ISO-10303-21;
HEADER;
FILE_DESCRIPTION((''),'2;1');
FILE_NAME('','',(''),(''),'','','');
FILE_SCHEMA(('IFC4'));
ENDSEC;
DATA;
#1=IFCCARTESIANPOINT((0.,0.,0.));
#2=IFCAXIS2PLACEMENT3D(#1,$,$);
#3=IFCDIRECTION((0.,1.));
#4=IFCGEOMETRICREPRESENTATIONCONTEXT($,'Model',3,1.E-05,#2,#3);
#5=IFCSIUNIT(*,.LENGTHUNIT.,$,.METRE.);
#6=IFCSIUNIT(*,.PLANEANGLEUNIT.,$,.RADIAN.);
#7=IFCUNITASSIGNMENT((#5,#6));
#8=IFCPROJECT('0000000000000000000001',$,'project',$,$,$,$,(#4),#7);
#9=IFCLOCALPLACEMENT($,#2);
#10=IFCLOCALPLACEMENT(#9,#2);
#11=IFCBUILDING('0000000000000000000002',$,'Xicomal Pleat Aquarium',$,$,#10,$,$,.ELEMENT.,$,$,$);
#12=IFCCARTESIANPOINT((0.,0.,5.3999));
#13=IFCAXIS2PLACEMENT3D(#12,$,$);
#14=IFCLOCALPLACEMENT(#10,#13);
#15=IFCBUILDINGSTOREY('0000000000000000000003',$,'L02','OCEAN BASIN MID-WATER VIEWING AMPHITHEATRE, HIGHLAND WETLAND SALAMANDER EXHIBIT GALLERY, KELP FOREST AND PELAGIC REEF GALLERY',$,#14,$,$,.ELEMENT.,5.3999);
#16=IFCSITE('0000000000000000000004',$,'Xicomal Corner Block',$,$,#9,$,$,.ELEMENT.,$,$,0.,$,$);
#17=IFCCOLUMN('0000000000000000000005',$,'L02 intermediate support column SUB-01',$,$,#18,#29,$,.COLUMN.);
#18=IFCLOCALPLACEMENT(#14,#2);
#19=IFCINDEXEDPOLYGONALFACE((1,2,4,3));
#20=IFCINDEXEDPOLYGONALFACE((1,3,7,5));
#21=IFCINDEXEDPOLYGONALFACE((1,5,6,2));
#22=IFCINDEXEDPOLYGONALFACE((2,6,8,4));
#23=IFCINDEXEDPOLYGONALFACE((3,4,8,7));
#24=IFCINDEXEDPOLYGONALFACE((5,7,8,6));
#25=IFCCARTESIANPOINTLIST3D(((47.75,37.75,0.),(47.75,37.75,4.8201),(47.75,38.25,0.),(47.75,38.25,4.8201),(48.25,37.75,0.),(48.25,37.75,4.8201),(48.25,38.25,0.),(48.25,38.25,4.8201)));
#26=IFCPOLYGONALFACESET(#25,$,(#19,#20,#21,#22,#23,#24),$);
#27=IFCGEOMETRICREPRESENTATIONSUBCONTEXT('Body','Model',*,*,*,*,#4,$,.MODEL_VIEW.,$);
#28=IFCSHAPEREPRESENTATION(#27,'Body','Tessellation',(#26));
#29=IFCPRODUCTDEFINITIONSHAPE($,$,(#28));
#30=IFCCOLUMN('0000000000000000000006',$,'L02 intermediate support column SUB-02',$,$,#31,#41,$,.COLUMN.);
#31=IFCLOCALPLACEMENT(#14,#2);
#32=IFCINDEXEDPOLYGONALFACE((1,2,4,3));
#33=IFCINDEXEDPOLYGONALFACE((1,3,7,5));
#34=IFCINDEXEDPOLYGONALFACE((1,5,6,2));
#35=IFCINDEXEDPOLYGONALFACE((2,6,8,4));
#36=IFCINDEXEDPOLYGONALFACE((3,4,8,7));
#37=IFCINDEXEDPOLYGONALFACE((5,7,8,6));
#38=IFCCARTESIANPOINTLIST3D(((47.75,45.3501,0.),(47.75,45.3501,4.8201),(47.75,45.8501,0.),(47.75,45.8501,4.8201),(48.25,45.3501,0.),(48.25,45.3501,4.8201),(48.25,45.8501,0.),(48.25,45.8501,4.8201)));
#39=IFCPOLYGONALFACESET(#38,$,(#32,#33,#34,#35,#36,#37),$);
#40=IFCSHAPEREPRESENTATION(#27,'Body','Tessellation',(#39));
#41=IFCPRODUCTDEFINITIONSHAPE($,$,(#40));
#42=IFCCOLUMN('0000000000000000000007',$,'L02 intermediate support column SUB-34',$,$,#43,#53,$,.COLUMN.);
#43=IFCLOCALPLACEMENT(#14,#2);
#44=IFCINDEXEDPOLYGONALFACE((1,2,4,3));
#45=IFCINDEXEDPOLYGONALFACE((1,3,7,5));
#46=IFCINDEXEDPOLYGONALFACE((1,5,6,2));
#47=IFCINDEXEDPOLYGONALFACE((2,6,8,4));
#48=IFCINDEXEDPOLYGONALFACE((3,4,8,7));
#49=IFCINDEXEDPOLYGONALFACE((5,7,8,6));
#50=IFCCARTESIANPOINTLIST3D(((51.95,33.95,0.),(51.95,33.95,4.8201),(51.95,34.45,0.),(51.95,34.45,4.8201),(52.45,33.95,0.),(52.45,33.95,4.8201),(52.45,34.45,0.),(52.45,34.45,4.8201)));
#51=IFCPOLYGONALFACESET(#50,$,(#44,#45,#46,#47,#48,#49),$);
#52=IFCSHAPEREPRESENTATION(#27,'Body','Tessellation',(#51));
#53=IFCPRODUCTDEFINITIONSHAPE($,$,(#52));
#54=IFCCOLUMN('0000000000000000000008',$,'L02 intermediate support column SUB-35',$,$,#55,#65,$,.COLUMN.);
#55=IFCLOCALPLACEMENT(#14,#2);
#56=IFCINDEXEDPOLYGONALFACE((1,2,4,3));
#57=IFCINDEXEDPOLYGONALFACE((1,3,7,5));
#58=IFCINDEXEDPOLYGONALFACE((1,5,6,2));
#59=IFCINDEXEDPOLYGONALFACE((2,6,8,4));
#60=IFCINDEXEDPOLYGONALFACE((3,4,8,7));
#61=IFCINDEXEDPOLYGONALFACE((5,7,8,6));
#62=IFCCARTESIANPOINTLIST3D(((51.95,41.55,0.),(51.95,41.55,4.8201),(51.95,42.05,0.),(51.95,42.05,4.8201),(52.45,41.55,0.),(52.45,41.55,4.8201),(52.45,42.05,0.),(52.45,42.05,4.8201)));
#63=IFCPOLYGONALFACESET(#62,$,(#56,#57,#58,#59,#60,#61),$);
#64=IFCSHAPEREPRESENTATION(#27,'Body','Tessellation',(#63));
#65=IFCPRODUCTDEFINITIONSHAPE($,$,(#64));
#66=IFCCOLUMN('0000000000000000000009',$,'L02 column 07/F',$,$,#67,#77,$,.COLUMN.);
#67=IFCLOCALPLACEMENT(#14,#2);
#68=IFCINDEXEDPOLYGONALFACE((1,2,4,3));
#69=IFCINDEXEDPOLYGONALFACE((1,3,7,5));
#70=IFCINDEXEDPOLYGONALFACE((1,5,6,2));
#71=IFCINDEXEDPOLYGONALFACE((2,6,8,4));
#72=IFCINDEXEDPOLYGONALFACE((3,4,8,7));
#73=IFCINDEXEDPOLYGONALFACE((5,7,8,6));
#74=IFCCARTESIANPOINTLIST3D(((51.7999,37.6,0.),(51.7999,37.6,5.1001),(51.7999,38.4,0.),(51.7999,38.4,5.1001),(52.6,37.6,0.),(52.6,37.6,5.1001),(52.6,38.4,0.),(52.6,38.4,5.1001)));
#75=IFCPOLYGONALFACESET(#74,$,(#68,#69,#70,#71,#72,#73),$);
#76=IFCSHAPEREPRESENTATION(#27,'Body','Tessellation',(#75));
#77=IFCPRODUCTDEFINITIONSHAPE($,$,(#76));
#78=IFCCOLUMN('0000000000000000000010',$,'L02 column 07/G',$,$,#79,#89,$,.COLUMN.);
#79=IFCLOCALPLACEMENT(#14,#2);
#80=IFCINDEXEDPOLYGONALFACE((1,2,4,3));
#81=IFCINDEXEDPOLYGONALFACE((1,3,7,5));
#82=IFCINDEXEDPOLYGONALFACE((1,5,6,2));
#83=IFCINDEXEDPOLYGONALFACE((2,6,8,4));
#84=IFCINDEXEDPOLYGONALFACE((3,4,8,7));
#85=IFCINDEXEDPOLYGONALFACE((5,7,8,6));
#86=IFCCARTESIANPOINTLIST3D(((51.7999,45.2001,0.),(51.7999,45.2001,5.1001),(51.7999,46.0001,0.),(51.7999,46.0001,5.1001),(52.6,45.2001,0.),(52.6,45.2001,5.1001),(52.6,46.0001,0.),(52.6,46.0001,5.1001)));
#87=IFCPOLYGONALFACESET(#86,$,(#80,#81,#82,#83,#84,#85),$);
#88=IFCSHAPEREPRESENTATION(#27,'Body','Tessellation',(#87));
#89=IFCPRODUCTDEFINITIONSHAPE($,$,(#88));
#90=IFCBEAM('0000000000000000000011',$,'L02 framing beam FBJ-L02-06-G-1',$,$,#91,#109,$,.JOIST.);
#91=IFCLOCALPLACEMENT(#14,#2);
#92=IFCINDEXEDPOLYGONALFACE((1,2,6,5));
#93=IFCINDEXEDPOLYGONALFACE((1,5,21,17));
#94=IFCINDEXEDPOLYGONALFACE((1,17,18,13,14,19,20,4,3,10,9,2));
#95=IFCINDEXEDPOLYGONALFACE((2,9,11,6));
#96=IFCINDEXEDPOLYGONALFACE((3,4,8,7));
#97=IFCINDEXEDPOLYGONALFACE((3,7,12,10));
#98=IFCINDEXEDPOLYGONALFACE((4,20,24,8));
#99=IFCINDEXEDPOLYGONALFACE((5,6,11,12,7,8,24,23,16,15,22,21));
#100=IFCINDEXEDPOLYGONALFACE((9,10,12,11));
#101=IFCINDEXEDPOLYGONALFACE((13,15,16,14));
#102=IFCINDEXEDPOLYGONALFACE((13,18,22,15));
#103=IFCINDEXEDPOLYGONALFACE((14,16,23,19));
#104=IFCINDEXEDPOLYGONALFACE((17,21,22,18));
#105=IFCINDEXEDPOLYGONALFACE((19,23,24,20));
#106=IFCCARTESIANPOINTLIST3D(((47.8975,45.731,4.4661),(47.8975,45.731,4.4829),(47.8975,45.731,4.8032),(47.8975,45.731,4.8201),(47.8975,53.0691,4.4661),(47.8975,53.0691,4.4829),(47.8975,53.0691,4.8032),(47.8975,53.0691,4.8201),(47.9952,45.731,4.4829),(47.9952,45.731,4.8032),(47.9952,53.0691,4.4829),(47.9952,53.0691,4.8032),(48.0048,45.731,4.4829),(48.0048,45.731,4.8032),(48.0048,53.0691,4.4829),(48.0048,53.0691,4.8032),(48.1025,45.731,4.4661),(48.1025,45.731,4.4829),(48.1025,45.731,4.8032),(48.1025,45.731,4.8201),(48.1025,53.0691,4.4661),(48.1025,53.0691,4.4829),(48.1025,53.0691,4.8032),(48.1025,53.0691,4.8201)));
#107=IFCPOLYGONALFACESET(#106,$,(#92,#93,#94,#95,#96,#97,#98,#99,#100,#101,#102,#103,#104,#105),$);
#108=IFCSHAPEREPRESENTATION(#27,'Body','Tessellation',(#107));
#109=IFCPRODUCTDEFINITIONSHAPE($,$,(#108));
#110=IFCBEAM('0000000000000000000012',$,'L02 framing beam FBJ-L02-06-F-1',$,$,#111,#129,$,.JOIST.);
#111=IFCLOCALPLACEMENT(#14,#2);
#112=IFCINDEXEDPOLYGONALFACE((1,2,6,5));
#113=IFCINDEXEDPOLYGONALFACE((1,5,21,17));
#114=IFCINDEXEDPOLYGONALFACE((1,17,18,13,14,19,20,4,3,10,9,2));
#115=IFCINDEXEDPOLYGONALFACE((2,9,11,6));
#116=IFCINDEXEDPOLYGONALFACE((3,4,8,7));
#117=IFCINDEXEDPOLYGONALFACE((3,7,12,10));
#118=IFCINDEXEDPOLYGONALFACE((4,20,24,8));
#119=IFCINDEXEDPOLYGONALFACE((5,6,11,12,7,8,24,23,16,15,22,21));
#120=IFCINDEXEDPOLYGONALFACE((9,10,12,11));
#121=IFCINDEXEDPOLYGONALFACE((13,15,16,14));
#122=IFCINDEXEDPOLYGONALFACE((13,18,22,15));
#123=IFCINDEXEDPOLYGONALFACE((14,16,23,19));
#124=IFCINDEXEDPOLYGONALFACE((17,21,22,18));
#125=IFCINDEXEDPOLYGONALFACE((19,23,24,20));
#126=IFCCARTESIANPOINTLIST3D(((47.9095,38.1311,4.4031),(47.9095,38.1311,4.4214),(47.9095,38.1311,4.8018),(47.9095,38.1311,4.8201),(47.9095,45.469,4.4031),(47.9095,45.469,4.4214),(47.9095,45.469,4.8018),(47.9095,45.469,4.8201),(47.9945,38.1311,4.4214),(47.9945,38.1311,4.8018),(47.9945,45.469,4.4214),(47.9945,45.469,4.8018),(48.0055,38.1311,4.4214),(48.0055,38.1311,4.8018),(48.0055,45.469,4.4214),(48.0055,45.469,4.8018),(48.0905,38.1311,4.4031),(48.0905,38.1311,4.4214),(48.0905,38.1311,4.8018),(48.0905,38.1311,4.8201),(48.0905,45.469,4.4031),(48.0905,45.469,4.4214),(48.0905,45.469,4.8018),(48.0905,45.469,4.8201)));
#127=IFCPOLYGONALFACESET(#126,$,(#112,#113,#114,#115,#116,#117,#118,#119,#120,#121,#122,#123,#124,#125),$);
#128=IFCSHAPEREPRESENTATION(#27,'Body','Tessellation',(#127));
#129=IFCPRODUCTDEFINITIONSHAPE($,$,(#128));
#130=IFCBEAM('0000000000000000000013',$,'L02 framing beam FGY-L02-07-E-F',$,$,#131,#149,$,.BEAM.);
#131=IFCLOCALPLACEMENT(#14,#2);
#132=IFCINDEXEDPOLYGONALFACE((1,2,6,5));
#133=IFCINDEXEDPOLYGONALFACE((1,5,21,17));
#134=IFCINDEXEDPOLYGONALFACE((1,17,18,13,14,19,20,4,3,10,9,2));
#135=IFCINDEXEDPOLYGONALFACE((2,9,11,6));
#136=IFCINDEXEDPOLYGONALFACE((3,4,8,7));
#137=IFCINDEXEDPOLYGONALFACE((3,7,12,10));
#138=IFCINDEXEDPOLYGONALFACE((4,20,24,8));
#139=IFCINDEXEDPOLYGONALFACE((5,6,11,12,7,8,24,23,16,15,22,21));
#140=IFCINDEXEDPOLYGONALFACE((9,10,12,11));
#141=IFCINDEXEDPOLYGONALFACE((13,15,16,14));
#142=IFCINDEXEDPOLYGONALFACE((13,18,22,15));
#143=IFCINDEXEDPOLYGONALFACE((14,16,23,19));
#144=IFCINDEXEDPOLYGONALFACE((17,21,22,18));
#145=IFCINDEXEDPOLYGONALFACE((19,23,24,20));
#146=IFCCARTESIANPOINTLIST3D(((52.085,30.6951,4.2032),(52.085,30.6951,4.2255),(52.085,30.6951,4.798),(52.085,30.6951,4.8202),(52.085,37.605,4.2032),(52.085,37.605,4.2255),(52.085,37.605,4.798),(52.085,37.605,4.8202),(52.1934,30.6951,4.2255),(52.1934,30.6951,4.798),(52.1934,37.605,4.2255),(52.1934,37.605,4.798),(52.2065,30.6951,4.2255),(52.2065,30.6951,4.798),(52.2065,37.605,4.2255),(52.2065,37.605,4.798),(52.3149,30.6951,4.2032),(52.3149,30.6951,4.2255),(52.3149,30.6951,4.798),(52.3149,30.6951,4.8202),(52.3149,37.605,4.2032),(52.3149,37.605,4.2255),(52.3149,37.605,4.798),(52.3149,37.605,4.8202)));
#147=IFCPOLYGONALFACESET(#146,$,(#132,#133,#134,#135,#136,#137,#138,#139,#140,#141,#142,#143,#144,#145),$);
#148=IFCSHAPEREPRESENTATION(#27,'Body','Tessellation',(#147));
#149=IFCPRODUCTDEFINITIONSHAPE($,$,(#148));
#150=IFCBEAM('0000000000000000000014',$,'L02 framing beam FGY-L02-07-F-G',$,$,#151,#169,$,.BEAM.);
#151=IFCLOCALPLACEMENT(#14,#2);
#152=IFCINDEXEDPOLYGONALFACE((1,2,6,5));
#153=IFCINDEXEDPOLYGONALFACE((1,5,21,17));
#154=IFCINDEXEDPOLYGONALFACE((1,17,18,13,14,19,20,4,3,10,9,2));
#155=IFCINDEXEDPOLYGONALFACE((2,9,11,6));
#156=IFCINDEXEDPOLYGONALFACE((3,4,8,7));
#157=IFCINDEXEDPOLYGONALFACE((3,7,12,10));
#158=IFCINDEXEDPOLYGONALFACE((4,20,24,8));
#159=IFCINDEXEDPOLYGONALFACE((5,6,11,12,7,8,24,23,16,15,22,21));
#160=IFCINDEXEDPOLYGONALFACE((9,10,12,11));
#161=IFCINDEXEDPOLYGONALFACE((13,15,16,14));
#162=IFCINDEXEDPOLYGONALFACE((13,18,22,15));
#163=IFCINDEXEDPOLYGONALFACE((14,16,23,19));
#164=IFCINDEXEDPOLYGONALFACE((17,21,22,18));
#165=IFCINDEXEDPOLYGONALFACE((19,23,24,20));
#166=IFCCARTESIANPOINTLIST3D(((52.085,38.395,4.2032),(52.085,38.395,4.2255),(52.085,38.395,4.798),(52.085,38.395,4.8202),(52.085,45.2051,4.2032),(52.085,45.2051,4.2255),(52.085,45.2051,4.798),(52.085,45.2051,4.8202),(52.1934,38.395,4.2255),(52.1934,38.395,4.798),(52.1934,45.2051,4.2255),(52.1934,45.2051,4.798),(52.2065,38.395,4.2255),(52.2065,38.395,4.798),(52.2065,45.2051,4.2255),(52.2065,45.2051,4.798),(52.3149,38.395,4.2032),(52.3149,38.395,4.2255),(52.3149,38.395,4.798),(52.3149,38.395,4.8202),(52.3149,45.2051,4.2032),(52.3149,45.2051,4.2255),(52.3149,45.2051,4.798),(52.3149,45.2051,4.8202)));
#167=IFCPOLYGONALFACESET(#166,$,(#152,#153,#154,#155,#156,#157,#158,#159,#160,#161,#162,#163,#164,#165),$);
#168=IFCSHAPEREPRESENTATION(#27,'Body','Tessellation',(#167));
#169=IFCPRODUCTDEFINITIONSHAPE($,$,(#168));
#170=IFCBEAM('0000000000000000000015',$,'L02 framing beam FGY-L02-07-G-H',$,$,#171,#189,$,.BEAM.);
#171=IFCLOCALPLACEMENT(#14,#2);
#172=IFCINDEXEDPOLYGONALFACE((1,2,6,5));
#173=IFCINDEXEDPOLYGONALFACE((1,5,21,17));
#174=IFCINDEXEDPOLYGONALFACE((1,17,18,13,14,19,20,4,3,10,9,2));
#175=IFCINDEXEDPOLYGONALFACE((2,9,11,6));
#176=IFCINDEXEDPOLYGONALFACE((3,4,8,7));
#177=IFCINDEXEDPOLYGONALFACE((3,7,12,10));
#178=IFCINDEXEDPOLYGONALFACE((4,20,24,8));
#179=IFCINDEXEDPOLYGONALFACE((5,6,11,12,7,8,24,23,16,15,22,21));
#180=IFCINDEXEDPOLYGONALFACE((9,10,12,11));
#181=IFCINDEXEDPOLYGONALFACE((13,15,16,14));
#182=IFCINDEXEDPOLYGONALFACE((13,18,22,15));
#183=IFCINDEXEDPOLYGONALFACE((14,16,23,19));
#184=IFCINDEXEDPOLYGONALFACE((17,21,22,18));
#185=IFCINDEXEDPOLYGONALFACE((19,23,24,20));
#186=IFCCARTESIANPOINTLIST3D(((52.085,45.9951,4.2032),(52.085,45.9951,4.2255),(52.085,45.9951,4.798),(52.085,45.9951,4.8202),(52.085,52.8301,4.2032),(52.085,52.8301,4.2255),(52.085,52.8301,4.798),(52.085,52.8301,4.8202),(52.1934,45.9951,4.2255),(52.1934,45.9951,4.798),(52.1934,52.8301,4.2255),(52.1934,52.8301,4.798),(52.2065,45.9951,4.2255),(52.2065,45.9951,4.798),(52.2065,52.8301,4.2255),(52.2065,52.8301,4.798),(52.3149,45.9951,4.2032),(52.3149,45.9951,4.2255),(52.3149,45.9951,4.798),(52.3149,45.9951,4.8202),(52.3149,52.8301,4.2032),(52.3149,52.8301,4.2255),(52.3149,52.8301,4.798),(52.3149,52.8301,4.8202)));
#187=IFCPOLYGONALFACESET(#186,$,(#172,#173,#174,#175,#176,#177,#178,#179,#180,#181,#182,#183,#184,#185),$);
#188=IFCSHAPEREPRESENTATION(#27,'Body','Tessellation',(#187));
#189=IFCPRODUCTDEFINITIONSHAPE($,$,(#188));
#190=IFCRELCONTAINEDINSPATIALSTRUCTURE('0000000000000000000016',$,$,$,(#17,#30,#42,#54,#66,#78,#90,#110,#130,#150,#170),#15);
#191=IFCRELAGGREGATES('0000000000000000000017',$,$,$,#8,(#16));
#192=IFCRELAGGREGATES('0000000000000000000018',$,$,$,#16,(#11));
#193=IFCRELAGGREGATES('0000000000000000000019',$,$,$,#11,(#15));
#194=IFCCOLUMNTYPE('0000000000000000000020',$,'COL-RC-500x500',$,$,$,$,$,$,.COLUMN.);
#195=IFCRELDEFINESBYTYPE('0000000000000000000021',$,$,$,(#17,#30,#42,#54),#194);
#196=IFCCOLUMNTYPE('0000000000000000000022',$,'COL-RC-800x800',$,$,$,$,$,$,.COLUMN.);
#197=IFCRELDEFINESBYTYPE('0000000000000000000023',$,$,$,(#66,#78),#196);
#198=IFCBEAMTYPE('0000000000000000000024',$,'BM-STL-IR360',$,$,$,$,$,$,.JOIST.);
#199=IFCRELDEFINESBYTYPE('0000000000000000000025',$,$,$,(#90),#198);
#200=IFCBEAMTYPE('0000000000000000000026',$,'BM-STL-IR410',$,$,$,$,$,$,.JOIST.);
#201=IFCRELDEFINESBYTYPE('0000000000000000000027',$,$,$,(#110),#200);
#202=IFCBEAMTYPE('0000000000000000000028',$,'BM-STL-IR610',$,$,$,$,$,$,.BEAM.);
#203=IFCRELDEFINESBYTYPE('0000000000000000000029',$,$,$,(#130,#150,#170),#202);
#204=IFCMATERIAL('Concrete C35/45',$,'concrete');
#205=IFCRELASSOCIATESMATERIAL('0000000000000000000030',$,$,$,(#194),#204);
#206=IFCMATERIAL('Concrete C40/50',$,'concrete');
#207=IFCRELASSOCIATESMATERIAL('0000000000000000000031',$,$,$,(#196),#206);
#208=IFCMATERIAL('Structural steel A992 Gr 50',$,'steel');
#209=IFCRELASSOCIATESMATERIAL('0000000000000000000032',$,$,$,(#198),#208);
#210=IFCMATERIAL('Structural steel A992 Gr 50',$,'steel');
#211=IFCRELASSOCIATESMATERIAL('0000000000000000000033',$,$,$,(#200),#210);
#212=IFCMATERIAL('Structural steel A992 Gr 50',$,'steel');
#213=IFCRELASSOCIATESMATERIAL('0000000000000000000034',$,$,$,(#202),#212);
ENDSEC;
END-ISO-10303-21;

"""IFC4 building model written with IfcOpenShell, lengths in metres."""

from ifc_helpers import new_model, si_unit, direction, frame, origin, origin_2d, place, context, subcontext, project, spatial, rectangle, i_section, extrude, material, material_profile, profile_set, type_object, element, save


model = new_model("IFC4")

# Units and contexts
model_context = context("Model", 3, precision=1e-05, world=origin(), true_north=direction((0.0, 1.0)))
body_context = subcontext(model_context, "Body", "Model", "MODEL_VIEW")
ifc_project = project(units=[si_unit("LENGTHUNIT", "METRE"), si_unit("PLANEANGLEUNIT", "RADIAN")], contexts=[model_context])

# Site, building, storey
site_placement = place(None, origin())
site = spatial("IfcSite", under=ifc_project, at=site_placement, Name="Xicomal Corner Block", CompositionType="ELEMENT", RefElevation=0.0)
building_placement = place(site_placement, origin())
building = spatial("IfcBuilding", under=site, at=building_placement, Name="Xicomal Pleat Aquarium", CompositionType="ELEMENT")
storey_placement = place(building_placement, frame((0.0, 0.0, 5.3999)))
storey = spatial("IfcBuildingStorey", under=building, at=storey_placement, Name="L02", Description="OCEAN BASIN MID-WATER VIEWING AMPHITHEATRE, HIGHLAND WETLAND SALAMANDER EXHIBIT GALLERY, KELP FOREST AND PELAGIC REEF GALLERY", CompositionType="ELEMENT", Elevation=5.3999)

# Columns
ifc_material_1 = material(Name="Concrete C35/45", Category="concrete")
ifc_material_profile_1 = material_profile(ifc_material_1, rectangle(XDim=0.5, YDim=0.5, at=origin_2d()), Name="RC 500x500")
ifc_profile_set_1 = profile_set([ifc_material_profile_1], Name="Concrete C35/45")
column_type_1 = type_object("IfcColumnType", Name="COL-RC-500x500", PredefinedType="COLUMN", material=ifc_profile_set_1)
for number, where, z_axis, x_axis, name in (
    (1, (48.0, 38.0, 0.0), (0.0, 0.0, 1.0), (1.0, 0.0, 0.0), "L02 intermediate support column SUB-01"),
    (2, (48.0, 45.6001, 0.0), (0.0, 0.0, 1.0), (1.0, 0.0, 0.0), "L02 intermediate support column SUB-02"),
    (3, (52.2, 34.2, 0.0), (0.0, 0.0, 1.0), (1.0, 0.0, 0.0), "L02 intermediate support column SUB-34"),
    (4, (52.2, 41.8, 0.0), (0.0, 0.0, 1.0), (1.0, 0.0, 0.0), "L02 intermediate support column SUB-35"),
):
    element("IfcColumn", number, at=place(storey_placement, frame(where, z_axis=z_axis, x_axis=x_axis)), inside=storey, type_object=column_type_1, Name=name, PredefinedType="COLUMN", context=body_context, shape_type="SweptSolid", body=[
        extrude(rectangle(XDim=0.5, YDim=0.5, at=origin_2d()), origin(), (0.0, 0.0, 1.0), 4.8201),
    ])
ifc_material_2 = material(Name="Concrete C40/50", Category="concrete")
ifc_material_profile_2 = material_profile(ifc_material_2, rectangle(XDim=0.8, YDim=0.8, at=origin_2d()), Name="RC 800x800")
ifc_profile_set_2 = profile_set([ifc_material_profile_2], Name="Concrete C40/50")
column_type_2 = type_object("IfcColumnType", Name="COL-RC-800x800", PredefinedType="COLUMN", material=ifc_profile_set_2)
for number, where, z_axis, x_axis, name in (
    (5, (52.2, 38.0, 0.0), (0.0, 0.0, 1.0), (1.0, 0.0, 0.0), "L02 column 07/F"),
    (6, (52.2, 45.6001, 0.0), (0.0, 0.0, 1.0), (1.0, 0.0, 0.0), "L02 column 07/G"),
):
    element("IfcColumn", number, at=place(storey_placement, frame(where, z_axis=z_axis, x_axis=x_axis)), inside=storey, type_object=column_type_2, Name=name, PredefinedType="COLUMN", context=body_context, shape_type="SweptSolid", body=[
        extrude(rectangle(XDim=0.8, YDim=0.8, at=origin_2d()), origin(), (0.0, 0.0, 1.0), 5.1001),
    ])

# Beams
ifc_material_3 = material(Name="Structural steel A992 Gr 50", Category="steel")
ifc_material_profile_3 = material_profile(ifc_material_3, i_section(OverallWidth=0.2051, OverallDepth=0.354, WebThickness=0.0095, FlangeThickness=0.0168, at=origin_2d()), Name="IR 360x79")
ifc_profile_set_3 = profile_set([ifc_material_profile_3], Name="Structural steel A992 Gr 50")
beam_type_1 = type_object("IfcBeamType", Name="BM-STL-IR360", PredefinedType="JOIST", material=ifc_profile_set_3)
beam_1_placement = place(storey_placement, frame((48.0, 45.731, 4.6431), z_axis=(0.0, 1.0, 0.0), x_axis=(-1.0, 0.0, 0.0)))
element("IfcBeam", 7, at=beam_1_placement, inside=storey, type_object=beam_type_1, Name="L02 framing beam FBJ-L02-06-G-1", PredefinedType="JOIST", context=body_context, shape_type="SweptSolid", body=[
    extrude(i_section(OverallWidth=0.2051, OverallDepth=0.354, WebThickness=0.0095, FlangeThickness=0.0168, at=origin_2d()), origin(), (0.0, 0.0, 1.0), 7.3381),
])
ifc_material_4 = material(Name="Structural steel A992 Gr 50", Category="steel")
ifc_material_profile_4 = material_profile(ifc_material_4, i_section(OverallWidth=0.1809, OverallDepth=0.417, WebThickness=0.011, FlangeThickness=0.0183, at=origin_2d()), Name="IR 410x85")
ifc_profile_set_4 = profile_set([ifc_material_profile_4], Name="Structural steel A992 Gr 50")
beam_type_2 = type_object("IfcBeamType", Name="BM-STL-IR410", PredefinedType="JOIST", material=ifc_profile_set_4)
beam_2_placement = place(storey_placement, frame((48.0, 38.1311, 4.6116), z_axis=(0.0, 1.0, 0.0), x_axis=(-1.0, 0.0, 0.0)))
element("IfcBeam", 8, at=beam_2_placement, inside=storey, type_object=beam_type_2, Name="L02 framing beam FBJ-L02-06-F-1", PredefinedType="JOIST", context=body_context, shape_type="SweptSolid", body=[
    extrude(i_section(OverallWidth=0.1809, OverallDepth=0.417, WebThickness=0.011, FlangeThickness=0.0183, at=origin_2d()), origin(), (0.0, 0.0, 1.0), 7.3379),
])
ifc_material_5 = material(Name="Structural steel A992 Gr 50", Category="steel")
ifc_material_profile_5 = material_profile(ifc_material_5, i_section(OverallWidth=0.23, OverallDepth=0.6169, WebThickness=0.0132, FlangeThickness=0.0222, at=origin_2d()), Name="IR 610x140")
ifc_profile_set_5 = profile_set([ifc_material_profile_5], Name="Structural steel A992 Gr 50")
beam_type_3 = type_object("IfcBeamType", Name="BM-STL-IR610", PredefinedType="BEAM", material=ifc_profile_set_5)
beam_3_placement = place(storey_placement, frame((52.2, 30.6951, 4.5117), z_axis=(0.0, 1.0, 0.0), x_axis=(-1.0, 0.0, 0.0)))
element("IfcBeam", 9, at=beam_3_placement, inside=storey, type_object=beam_type_3, Name="L02 framing beam FGY-L02-07-E-F", PredefinedType="BEAM", context=body_context, shape_type="SweptSolid", body=[
    extrude(i_section(OverallWidth=0.23, OverallDepth=0.6169, WebThickness=0.0132, FlangeThickness=0.0222, at=origin_2d()), origin(), (0.0, 0.0, 1.0), 6.9099),
])
beam_4_placement = place(storey_placement, frame((52.2, 38.395, 4.5117), z_axis=(0.0, 1.0, 0.0), x_axis=(-1.0, 0.0, 0.0)))
element("IfcBeam", 10, at=beam_4_placement, inside=storey, type_object=beam_type_3, Name="L02 framing beam FGY-L02-07-F-G", PredefinedType="BEAM", context=body_context, shape_type="SweptSolid", body=[
    extrude(i_section(OverallWidth=0.23, OverallDepth=0.6169, WebThickness=0.0132, FlangeThickness=0.0222, at=origin_2d()), origin(), (0.0, 0.0, 1.0), 6.8101),
])
beam_5_placement = place(storey_placement, frame((52.2, 45.9951, 4.5117), z_axis=(0.0, 1.0, 0.0), x_axis=(-1.0, 0.0, 0.0)))
element("IfcBeam", 11, at=beam_5_placement, inside=storey, type_object=beam_type_3, Name="L02 framing beam FGY-L02-07-G-H", PredefinedType="BEAM", context=body_context, shape_type="SweptSolid", body=[
    extrude(i_section(OverallWidth=0.23, OverallDepth=0.6169, WebThickness=0.0132, FlangeThickness=0.0222, at=origin_2d()), origin(), (0.0, 0.0, 1.0), 6.835),
])

save(model, "model.ifc")
